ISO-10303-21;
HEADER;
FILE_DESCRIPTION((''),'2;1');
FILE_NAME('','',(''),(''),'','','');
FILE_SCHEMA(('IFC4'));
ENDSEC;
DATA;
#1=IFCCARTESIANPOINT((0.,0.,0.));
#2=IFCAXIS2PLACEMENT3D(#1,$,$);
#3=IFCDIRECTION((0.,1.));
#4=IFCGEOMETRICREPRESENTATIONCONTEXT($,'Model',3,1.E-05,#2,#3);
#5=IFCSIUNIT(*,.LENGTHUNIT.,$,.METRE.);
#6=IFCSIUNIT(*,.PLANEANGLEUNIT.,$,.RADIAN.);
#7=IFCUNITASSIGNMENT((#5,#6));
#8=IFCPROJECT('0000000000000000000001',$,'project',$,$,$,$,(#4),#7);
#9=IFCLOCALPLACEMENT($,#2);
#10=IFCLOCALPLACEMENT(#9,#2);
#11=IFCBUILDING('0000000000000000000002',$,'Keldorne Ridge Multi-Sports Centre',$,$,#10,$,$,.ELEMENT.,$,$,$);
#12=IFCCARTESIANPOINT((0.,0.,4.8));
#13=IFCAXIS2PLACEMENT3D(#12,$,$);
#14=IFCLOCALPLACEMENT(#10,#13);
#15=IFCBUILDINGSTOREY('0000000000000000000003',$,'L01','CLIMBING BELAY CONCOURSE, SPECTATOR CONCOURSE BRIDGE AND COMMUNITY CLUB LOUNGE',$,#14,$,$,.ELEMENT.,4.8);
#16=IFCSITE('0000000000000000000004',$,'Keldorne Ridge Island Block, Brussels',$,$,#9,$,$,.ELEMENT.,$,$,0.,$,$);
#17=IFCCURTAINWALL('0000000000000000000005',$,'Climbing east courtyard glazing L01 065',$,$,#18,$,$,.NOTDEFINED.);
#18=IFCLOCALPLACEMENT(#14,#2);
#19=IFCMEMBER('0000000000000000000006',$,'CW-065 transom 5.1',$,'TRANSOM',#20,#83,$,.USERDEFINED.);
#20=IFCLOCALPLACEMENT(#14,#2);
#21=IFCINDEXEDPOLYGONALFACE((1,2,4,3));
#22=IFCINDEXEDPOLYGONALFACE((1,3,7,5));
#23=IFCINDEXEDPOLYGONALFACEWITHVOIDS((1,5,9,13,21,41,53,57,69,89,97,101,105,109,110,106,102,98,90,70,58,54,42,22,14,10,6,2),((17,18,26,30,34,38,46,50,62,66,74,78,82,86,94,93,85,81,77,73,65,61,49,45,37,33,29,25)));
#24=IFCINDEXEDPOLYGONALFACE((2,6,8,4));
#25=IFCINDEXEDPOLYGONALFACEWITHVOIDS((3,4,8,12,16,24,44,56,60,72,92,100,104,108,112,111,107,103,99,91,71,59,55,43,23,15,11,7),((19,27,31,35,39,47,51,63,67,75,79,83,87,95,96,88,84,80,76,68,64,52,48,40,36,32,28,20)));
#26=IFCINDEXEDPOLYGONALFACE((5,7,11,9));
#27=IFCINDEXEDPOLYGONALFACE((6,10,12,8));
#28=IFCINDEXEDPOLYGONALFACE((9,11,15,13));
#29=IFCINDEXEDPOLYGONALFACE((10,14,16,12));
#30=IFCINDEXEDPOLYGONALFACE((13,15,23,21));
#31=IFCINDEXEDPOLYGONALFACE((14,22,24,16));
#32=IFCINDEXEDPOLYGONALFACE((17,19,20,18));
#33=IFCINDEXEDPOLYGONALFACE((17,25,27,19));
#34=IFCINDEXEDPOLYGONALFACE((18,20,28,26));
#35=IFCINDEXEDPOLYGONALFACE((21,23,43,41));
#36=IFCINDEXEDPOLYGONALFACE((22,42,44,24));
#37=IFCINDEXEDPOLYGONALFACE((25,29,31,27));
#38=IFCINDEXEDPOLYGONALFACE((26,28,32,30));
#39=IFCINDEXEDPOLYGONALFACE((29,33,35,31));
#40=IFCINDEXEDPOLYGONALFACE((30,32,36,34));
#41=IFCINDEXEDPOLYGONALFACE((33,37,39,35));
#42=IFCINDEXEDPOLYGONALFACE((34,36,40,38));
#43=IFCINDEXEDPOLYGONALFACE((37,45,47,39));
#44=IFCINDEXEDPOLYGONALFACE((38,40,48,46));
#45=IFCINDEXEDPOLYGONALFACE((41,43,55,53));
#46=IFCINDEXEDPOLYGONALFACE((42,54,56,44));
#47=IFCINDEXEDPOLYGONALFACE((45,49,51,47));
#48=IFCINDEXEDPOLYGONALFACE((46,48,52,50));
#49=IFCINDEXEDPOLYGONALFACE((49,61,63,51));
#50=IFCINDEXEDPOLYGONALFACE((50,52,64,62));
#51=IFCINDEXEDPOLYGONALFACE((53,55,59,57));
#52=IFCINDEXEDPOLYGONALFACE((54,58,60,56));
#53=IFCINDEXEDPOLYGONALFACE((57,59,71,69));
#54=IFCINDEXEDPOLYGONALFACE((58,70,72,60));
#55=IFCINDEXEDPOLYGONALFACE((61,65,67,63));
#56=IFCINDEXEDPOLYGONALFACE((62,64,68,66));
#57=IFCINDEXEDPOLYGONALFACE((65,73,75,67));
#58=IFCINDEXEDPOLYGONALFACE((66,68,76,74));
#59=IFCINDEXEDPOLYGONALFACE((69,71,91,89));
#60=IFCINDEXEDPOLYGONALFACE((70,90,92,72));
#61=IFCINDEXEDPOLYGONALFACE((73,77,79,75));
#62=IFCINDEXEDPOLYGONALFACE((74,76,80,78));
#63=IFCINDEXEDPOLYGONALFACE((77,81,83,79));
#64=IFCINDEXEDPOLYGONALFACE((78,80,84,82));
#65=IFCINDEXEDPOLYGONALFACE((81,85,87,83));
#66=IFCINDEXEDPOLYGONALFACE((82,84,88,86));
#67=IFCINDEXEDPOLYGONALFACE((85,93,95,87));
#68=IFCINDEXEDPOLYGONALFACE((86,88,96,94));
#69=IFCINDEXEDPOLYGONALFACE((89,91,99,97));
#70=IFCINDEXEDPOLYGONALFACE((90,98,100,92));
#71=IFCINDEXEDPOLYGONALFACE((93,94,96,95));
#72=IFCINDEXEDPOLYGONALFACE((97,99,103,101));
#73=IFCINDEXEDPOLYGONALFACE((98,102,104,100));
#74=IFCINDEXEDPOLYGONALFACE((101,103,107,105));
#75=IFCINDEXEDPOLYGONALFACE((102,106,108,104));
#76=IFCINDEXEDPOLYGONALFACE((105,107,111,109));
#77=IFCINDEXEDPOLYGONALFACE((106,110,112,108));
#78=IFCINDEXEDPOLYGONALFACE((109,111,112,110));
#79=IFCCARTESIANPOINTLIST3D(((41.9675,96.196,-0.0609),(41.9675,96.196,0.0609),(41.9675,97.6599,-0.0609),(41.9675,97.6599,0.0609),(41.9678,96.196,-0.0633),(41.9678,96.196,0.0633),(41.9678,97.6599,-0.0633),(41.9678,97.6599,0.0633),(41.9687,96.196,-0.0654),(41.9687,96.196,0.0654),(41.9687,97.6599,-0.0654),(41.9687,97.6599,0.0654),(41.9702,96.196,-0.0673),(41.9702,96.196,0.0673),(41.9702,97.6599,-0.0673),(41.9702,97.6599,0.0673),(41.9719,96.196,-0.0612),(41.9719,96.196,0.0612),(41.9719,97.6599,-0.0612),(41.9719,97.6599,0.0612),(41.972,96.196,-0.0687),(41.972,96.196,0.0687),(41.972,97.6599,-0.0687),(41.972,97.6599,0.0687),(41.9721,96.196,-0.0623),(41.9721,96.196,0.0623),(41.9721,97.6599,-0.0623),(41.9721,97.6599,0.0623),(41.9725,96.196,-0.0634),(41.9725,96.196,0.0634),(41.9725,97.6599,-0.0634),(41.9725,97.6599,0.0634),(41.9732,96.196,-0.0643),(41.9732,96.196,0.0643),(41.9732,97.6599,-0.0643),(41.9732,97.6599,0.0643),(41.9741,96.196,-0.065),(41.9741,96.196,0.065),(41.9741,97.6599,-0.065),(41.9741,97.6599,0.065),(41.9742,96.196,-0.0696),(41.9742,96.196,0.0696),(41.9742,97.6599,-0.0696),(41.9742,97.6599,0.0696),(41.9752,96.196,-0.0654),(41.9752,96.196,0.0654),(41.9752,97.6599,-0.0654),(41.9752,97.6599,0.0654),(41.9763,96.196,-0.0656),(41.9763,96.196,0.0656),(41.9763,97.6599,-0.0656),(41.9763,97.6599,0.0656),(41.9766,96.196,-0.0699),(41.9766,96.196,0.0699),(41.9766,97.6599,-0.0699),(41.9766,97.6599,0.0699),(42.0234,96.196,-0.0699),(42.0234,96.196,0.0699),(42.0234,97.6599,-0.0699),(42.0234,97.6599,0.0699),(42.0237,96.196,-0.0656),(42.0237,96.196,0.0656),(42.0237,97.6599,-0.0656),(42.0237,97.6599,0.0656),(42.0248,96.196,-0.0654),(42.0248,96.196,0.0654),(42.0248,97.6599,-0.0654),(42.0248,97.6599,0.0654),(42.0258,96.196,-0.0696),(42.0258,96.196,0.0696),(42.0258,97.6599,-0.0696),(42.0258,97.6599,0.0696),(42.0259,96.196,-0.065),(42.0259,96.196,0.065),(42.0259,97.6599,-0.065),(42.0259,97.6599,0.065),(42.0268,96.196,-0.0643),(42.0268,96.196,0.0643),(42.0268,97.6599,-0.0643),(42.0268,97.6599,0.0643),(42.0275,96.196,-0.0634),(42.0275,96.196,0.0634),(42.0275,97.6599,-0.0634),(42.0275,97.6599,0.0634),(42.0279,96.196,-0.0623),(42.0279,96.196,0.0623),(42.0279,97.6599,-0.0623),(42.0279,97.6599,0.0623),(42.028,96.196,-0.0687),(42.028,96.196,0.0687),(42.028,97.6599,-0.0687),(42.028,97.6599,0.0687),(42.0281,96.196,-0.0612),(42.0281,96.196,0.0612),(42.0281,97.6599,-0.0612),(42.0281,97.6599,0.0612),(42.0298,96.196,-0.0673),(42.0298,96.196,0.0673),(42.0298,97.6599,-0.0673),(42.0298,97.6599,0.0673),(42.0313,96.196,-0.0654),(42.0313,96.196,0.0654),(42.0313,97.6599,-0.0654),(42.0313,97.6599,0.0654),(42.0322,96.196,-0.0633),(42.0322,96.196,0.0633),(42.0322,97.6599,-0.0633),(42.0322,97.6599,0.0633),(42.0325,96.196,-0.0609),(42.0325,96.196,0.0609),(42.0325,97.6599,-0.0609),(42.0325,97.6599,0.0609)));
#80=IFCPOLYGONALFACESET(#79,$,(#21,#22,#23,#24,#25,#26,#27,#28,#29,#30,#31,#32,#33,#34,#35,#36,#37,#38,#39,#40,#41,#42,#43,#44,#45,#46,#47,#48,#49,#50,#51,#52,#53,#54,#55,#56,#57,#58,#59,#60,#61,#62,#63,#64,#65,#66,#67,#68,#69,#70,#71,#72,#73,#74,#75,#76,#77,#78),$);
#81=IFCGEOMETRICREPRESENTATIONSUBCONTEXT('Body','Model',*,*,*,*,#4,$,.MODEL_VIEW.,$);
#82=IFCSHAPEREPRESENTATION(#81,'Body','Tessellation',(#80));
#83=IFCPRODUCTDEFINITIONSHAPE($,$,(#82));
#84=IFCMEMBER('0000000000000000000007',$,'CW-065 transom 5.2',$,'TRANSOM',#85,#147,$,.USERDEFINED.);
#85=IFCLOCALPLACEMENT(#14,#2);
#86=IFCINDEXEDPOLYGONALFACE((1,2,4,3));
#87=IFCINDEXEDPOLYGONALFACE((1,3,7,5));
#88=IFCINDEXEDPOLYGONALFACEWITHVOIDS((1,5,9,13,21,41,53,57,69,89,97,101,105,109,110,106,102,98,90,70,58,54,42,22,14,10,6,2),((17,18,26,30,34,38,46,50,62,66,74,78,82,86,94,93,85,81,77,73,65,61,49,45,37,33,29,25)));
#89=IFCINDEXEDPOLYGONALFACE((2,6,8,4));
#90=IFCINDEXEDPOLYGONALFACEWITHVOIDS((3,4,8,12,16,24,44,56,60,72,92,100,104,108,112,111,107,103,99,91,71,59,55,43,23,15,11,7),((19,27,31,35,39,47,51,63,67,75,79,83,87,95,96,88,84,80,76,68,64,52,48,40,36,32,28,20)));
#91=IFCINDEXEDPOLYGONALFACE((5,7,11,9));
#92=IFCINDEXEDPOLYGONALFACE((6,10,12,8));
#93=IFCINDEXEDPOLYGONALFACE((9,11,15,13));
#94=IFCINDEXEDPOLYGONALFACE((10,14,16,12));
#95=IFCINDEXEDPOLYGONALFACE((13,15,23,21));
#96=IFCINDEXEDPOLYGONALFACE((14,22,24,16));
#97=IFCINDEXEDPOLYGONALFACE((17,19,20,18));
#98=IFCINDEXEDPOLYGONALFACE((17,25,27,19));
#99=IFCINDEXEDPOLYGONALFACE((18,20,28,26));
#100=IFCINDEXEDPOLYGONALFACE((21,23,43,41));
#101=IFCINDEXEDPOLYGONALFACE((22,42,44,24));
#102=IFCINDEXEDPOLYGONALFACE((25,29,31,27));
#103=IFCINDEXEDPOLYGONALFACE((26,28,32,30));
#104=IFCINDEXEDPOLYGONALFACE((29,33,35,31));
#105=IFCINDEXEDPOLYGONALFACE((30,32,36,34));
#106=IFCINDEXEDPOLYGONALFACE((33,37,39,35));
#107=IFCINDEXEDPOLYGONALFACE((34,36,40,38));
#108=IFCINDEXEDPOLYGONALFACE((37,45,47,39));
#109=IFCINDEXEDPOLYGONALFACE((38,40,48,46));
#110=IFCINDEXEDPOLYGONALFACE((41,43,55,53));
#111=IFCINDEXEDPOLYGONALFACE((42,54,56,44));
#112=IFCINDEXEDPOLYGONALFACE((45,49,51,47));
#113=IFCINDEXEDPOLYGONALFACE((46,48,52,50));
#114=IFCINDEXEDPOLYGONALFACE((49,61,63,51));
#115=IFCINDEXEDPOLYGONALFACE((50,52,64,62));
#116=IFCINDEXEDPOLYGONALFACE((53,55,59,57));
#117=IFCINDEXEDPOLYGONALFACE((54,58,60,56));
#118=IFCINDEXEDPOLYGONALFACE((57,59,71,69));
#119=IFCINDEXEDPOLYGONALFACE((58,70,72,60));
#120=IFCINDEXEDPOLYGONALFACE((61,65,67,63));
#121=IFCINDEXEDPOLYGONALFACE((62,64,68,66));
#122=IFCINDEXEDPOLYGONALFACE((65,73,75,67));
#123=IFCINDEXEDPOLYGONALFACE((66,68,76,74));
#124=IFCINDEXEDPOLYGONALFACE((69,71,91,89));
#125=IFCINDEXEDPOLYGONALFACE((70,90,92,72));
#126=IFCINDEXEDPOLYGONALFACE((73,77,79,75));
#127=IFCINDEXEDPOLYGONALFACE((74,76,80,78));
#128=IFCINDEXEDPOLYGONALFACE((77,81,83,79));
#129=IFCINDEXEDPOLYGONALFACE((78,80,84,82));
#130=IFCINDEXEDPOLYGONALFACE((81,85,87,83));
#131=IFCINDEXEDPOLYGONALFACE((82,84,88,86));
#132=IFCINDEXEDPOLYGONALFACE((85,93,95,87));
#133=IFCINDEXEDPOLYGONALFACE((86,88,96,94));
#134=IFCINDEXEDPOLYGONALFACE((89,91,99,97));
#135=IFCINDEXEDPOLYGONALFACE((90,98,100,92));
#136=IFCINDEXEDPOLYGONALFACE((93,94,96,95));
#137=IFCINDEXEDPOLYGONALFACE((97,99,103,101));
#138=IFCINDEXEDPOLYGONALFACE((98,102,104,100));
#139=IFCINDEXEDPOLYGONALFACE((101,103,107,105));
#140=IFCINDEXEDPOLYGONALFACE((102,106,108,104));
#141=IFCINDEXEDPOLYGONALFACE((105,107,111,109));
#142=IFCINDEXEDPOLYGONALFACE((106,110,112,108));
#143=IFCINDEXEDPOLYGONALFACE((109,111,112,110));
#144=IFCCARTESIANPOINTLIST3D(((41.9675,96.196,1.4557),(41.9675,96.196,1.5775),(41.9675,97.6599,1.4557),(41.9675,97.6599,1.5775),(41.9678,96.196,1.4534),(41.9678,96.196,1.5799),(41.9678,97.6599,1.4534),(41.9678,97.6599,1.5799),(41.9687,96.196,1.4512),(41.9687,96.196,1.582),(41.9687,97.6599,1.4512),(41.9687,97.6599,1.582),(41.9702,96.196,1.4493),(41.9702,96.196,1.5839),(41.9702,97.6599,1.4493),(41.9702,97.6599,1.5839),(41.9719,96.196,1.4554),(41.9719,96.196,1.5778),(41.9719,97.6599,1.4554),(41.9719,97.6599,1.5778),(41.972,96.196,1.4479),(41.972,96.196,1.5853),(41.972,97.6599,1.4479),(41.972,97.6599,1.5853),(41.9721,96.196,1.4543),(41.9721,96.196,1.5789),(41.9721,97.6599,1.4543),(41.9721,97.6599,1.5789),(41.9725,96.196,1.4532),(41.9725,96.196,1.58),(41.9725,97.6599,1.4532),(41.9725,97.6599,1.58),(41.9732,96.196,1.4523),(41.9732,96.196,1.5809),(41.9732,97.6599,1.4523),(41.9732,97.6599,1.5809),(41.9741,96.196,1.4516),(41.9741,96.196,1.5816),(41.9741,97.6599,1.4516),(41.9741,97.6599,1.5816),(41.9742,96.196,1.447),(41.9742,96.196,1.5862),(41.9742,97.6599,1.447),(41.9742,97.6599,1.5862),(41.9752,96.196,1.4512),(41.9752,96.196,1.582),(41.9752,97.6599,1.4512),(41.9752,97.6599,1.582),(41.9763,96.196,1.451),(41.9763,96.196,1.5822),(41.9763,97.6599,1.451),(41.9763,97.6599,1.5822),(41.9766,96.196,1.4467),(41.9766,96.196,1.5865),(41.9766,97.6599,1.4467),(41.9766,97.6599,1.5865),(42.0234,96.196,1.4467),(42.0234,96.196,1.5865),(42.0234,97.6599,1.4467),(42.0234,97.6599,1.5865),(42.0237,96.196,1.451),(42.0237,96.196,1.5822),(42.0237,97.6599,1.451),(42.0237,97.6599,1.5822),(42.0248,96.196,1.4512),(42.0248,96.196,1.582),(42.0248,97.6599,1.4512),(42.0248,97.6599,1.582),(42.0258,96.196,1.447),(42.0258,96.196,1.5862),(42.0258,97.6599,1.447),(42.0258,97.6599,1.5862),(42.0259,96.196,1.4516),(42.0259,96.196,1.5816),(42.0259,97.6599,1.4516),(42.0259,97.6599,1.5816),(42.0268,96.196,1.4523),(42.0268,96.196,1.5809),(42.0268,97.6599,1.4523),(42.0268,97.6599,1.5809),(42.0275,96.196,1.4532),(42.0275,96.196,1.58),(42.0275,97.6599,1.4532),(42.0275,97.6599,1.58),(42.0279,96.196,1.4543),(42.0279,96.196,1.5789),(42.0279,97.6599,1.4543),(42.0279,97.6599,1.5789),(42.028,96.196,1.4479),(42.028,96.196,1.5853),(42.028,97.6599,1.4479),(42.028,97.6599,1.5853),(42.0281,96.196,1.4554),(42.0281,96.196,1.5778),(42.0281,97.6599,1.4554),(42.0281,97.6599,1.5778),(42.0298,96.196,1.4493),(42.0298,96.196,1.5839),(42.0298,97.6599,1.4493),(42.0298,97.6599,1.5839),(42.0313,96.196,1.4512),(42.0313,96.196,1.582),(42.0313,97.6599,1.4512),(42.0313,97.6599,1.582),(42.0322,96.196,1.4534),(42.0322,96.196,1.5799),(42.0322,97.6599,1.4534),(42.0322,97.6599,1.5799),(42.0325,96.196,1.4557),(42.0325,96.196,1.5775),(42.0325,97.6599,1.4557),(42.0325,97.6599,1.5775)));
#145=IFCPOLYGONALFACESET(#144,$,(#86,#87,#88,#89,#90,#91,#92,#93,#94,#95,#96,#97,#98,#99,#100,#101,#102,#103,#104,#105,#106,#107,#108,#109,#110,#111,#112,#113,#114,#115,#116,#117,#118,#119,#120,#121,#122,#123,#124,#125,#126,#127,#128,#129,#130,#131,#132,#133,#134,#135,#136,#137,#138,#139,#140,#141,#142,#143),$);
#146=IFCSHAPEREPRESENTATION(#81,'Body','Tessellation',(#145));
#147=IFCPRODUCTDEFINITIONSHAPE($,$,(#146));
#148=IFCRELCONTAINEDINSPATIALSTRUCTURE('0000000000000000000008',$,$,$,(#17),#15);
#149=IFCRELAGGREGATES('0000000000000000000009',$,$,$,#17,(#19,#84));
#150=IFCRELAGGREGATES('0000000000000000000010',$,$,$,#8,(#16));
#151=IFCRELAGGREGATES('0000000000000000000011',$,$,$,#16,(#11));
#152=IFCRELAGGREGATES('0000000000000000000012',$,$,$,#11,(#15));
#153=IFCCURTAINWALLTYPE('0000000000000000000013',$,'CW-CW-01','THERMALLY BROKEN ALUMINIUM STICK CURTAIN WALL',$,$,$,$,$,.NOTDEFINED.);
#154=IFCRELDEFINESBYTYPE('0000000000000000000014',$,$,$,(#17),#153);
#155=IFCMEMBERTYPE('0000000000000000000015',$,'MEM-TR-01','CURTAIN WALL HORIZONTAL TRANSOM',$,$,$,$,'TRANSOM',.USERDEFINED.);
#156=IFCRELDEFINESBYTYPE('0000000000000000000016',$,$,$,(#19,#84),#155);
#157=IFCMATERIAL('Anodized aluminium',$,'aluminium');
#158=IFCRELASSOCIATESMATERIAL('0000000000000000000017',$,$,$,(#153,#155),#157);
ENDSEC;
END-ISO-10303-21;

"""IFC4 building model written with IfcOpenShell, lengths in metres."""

from ifc_helpers import new_model, si_unit, direction, frame, origin, origin_2d, place, context, subcontext, project, spatial, hollow_rectangle, extrude, material, material_profile, profile_set, type_object, element, aggregate, save


model = new_model("IFC4")

# Units and contexts
model_context = context("Model", 3, precision=1e-05, world=origin(), true_north=direction((0.0, 1.0)))
body_context = subcontext(model_context, "Body", "Model", "MODEL_VIEW")
ifc_project = project(units=[si_unit("LENGTHUNIT", "METRE"), si_unit("PLANEANGLEUNIT", "RADIAN")], contexts=[model_context])

# Site, building, storey
site_placement = place(None, origin())
site = spatial("IfcSite", under=ifc_project, at=site_placement, Name="Keldorne Ridge Island Block, Brussels", CompositionType="ELEMENT", RefElevation=0.0)
building_placement = place(site_placement, origin())
building = spatial("IfcBuilding", under=site, at=building_placement, Name="Keldorne Ridge Multi-Sports Centre", CompositionType="ELEMENT")
storey_placement = place(building_placement, frame((0.0, 0.0, 4.8)))
storey = spatial("IfcBuildingStorey", under=building, at=storey_placement, Name="L01", Description="CLIMBING BELAY CONCOURSE, SPECTATOR CONCOURSE BRIDGE AND COMMUNITY CLUB LOUNGE", CompositionType="ELEMENT", Elevation=4.8)

# Curtain wall, members
ifc_material_1 = material(Name="Anodized aluminium", Category="aluminium")
curtain_wall_type_1 = type_object("IfcCurtainWallType", Name="CW-CW-01", Description="THERMALLY BROKEN ALUMINIUM STICK CURTAIN WALL", PredefinedType="NOTDEFINED", material=ifc_material_1)
curtain_wall_1_placement = place(storey_placement, origin())
curtain_wall_1 = element("IfcCurtainWall", 1, at=curtain_wall_1_placement, inside=storey, type_object=curtain_wall_type_1, Name="Climbing east courtyard glazing L01 065", PredefinedType="NOTDEFINED")
ifc_material_profile_1 = material_profile(ifc_material_1, hollow_rectangle(XDim=0.0649, YDim=0.1399, WallThickness=0.0044, InnerFilletRadius=0.0044, OuterFilletRadius=0.009, at=origin_2d()), Name="ALU TRANSOM 140x65x4.5")
ifc_profile_set_1 = profile_set([ifc_material_profile_1], Name="Anodized aluminium")
member_type_1 = type_object("IfcMemberType", Name="MEM-TR-01", Description="CURTAIN WALL HORIZONTAL TRANSOM", ElementType="TRANSOM", PredefinedType="USERDEFINED", material=ifc_profile_set_1)
member_1_placement = place(storey_placement, frame((42.0, 96.196, 0.0), z_axis=(0.0, 1.0, 0.0), x_axis=(-1.0, 0.0, 0.0)))
member_1 = element("IfcMember", 2, at=member_1_placement, type_object=member_type_1, Name="CW-065 transom 5.1", ObjectType="TRANSOM", PredefinedType="USERDEFINED", context=body_context, shape_type="SweptSolid", body=[
    extrude(hollow_rectangle(XDim=0.0649, YDim=0.1399, WallThickness=0.0044, InnerFilletRadius=0.0044, OuterFilletRadius=0.009, at=origin_2d()), origin(), (0.0, 0.0, 1.0), 1.4639),
])
member_2_placement = place(storey_placement, frame((42.0, 96.196, 1.5166), z_axis=(0.0, 1.0, 0.0), x_axis=(-1.0, 0.0, 0.0)))
member_2 = element("IfcMember", 3, at=member_2_placement, type_object=member_type_1, Name="CW-065 transom 5.2", ObjectType="TRANSOM", PredefinedType="USERDEFINED", context=body_context, shape_type="SweptSolid", body=[
    extrude(hollow_rectangle(XDim=0.0649, YDim=0.1399, WallThickness=0.0044, InnerFilletRadius=0.0044, OuterFilletRadius=0.009, at=origin_2d()), origin(), (0.0, 0.0, 1.0), 1.4639),
])
aggregate(curtain_wall_1, [member_1, member_2])

save(model, "model.ifc")
